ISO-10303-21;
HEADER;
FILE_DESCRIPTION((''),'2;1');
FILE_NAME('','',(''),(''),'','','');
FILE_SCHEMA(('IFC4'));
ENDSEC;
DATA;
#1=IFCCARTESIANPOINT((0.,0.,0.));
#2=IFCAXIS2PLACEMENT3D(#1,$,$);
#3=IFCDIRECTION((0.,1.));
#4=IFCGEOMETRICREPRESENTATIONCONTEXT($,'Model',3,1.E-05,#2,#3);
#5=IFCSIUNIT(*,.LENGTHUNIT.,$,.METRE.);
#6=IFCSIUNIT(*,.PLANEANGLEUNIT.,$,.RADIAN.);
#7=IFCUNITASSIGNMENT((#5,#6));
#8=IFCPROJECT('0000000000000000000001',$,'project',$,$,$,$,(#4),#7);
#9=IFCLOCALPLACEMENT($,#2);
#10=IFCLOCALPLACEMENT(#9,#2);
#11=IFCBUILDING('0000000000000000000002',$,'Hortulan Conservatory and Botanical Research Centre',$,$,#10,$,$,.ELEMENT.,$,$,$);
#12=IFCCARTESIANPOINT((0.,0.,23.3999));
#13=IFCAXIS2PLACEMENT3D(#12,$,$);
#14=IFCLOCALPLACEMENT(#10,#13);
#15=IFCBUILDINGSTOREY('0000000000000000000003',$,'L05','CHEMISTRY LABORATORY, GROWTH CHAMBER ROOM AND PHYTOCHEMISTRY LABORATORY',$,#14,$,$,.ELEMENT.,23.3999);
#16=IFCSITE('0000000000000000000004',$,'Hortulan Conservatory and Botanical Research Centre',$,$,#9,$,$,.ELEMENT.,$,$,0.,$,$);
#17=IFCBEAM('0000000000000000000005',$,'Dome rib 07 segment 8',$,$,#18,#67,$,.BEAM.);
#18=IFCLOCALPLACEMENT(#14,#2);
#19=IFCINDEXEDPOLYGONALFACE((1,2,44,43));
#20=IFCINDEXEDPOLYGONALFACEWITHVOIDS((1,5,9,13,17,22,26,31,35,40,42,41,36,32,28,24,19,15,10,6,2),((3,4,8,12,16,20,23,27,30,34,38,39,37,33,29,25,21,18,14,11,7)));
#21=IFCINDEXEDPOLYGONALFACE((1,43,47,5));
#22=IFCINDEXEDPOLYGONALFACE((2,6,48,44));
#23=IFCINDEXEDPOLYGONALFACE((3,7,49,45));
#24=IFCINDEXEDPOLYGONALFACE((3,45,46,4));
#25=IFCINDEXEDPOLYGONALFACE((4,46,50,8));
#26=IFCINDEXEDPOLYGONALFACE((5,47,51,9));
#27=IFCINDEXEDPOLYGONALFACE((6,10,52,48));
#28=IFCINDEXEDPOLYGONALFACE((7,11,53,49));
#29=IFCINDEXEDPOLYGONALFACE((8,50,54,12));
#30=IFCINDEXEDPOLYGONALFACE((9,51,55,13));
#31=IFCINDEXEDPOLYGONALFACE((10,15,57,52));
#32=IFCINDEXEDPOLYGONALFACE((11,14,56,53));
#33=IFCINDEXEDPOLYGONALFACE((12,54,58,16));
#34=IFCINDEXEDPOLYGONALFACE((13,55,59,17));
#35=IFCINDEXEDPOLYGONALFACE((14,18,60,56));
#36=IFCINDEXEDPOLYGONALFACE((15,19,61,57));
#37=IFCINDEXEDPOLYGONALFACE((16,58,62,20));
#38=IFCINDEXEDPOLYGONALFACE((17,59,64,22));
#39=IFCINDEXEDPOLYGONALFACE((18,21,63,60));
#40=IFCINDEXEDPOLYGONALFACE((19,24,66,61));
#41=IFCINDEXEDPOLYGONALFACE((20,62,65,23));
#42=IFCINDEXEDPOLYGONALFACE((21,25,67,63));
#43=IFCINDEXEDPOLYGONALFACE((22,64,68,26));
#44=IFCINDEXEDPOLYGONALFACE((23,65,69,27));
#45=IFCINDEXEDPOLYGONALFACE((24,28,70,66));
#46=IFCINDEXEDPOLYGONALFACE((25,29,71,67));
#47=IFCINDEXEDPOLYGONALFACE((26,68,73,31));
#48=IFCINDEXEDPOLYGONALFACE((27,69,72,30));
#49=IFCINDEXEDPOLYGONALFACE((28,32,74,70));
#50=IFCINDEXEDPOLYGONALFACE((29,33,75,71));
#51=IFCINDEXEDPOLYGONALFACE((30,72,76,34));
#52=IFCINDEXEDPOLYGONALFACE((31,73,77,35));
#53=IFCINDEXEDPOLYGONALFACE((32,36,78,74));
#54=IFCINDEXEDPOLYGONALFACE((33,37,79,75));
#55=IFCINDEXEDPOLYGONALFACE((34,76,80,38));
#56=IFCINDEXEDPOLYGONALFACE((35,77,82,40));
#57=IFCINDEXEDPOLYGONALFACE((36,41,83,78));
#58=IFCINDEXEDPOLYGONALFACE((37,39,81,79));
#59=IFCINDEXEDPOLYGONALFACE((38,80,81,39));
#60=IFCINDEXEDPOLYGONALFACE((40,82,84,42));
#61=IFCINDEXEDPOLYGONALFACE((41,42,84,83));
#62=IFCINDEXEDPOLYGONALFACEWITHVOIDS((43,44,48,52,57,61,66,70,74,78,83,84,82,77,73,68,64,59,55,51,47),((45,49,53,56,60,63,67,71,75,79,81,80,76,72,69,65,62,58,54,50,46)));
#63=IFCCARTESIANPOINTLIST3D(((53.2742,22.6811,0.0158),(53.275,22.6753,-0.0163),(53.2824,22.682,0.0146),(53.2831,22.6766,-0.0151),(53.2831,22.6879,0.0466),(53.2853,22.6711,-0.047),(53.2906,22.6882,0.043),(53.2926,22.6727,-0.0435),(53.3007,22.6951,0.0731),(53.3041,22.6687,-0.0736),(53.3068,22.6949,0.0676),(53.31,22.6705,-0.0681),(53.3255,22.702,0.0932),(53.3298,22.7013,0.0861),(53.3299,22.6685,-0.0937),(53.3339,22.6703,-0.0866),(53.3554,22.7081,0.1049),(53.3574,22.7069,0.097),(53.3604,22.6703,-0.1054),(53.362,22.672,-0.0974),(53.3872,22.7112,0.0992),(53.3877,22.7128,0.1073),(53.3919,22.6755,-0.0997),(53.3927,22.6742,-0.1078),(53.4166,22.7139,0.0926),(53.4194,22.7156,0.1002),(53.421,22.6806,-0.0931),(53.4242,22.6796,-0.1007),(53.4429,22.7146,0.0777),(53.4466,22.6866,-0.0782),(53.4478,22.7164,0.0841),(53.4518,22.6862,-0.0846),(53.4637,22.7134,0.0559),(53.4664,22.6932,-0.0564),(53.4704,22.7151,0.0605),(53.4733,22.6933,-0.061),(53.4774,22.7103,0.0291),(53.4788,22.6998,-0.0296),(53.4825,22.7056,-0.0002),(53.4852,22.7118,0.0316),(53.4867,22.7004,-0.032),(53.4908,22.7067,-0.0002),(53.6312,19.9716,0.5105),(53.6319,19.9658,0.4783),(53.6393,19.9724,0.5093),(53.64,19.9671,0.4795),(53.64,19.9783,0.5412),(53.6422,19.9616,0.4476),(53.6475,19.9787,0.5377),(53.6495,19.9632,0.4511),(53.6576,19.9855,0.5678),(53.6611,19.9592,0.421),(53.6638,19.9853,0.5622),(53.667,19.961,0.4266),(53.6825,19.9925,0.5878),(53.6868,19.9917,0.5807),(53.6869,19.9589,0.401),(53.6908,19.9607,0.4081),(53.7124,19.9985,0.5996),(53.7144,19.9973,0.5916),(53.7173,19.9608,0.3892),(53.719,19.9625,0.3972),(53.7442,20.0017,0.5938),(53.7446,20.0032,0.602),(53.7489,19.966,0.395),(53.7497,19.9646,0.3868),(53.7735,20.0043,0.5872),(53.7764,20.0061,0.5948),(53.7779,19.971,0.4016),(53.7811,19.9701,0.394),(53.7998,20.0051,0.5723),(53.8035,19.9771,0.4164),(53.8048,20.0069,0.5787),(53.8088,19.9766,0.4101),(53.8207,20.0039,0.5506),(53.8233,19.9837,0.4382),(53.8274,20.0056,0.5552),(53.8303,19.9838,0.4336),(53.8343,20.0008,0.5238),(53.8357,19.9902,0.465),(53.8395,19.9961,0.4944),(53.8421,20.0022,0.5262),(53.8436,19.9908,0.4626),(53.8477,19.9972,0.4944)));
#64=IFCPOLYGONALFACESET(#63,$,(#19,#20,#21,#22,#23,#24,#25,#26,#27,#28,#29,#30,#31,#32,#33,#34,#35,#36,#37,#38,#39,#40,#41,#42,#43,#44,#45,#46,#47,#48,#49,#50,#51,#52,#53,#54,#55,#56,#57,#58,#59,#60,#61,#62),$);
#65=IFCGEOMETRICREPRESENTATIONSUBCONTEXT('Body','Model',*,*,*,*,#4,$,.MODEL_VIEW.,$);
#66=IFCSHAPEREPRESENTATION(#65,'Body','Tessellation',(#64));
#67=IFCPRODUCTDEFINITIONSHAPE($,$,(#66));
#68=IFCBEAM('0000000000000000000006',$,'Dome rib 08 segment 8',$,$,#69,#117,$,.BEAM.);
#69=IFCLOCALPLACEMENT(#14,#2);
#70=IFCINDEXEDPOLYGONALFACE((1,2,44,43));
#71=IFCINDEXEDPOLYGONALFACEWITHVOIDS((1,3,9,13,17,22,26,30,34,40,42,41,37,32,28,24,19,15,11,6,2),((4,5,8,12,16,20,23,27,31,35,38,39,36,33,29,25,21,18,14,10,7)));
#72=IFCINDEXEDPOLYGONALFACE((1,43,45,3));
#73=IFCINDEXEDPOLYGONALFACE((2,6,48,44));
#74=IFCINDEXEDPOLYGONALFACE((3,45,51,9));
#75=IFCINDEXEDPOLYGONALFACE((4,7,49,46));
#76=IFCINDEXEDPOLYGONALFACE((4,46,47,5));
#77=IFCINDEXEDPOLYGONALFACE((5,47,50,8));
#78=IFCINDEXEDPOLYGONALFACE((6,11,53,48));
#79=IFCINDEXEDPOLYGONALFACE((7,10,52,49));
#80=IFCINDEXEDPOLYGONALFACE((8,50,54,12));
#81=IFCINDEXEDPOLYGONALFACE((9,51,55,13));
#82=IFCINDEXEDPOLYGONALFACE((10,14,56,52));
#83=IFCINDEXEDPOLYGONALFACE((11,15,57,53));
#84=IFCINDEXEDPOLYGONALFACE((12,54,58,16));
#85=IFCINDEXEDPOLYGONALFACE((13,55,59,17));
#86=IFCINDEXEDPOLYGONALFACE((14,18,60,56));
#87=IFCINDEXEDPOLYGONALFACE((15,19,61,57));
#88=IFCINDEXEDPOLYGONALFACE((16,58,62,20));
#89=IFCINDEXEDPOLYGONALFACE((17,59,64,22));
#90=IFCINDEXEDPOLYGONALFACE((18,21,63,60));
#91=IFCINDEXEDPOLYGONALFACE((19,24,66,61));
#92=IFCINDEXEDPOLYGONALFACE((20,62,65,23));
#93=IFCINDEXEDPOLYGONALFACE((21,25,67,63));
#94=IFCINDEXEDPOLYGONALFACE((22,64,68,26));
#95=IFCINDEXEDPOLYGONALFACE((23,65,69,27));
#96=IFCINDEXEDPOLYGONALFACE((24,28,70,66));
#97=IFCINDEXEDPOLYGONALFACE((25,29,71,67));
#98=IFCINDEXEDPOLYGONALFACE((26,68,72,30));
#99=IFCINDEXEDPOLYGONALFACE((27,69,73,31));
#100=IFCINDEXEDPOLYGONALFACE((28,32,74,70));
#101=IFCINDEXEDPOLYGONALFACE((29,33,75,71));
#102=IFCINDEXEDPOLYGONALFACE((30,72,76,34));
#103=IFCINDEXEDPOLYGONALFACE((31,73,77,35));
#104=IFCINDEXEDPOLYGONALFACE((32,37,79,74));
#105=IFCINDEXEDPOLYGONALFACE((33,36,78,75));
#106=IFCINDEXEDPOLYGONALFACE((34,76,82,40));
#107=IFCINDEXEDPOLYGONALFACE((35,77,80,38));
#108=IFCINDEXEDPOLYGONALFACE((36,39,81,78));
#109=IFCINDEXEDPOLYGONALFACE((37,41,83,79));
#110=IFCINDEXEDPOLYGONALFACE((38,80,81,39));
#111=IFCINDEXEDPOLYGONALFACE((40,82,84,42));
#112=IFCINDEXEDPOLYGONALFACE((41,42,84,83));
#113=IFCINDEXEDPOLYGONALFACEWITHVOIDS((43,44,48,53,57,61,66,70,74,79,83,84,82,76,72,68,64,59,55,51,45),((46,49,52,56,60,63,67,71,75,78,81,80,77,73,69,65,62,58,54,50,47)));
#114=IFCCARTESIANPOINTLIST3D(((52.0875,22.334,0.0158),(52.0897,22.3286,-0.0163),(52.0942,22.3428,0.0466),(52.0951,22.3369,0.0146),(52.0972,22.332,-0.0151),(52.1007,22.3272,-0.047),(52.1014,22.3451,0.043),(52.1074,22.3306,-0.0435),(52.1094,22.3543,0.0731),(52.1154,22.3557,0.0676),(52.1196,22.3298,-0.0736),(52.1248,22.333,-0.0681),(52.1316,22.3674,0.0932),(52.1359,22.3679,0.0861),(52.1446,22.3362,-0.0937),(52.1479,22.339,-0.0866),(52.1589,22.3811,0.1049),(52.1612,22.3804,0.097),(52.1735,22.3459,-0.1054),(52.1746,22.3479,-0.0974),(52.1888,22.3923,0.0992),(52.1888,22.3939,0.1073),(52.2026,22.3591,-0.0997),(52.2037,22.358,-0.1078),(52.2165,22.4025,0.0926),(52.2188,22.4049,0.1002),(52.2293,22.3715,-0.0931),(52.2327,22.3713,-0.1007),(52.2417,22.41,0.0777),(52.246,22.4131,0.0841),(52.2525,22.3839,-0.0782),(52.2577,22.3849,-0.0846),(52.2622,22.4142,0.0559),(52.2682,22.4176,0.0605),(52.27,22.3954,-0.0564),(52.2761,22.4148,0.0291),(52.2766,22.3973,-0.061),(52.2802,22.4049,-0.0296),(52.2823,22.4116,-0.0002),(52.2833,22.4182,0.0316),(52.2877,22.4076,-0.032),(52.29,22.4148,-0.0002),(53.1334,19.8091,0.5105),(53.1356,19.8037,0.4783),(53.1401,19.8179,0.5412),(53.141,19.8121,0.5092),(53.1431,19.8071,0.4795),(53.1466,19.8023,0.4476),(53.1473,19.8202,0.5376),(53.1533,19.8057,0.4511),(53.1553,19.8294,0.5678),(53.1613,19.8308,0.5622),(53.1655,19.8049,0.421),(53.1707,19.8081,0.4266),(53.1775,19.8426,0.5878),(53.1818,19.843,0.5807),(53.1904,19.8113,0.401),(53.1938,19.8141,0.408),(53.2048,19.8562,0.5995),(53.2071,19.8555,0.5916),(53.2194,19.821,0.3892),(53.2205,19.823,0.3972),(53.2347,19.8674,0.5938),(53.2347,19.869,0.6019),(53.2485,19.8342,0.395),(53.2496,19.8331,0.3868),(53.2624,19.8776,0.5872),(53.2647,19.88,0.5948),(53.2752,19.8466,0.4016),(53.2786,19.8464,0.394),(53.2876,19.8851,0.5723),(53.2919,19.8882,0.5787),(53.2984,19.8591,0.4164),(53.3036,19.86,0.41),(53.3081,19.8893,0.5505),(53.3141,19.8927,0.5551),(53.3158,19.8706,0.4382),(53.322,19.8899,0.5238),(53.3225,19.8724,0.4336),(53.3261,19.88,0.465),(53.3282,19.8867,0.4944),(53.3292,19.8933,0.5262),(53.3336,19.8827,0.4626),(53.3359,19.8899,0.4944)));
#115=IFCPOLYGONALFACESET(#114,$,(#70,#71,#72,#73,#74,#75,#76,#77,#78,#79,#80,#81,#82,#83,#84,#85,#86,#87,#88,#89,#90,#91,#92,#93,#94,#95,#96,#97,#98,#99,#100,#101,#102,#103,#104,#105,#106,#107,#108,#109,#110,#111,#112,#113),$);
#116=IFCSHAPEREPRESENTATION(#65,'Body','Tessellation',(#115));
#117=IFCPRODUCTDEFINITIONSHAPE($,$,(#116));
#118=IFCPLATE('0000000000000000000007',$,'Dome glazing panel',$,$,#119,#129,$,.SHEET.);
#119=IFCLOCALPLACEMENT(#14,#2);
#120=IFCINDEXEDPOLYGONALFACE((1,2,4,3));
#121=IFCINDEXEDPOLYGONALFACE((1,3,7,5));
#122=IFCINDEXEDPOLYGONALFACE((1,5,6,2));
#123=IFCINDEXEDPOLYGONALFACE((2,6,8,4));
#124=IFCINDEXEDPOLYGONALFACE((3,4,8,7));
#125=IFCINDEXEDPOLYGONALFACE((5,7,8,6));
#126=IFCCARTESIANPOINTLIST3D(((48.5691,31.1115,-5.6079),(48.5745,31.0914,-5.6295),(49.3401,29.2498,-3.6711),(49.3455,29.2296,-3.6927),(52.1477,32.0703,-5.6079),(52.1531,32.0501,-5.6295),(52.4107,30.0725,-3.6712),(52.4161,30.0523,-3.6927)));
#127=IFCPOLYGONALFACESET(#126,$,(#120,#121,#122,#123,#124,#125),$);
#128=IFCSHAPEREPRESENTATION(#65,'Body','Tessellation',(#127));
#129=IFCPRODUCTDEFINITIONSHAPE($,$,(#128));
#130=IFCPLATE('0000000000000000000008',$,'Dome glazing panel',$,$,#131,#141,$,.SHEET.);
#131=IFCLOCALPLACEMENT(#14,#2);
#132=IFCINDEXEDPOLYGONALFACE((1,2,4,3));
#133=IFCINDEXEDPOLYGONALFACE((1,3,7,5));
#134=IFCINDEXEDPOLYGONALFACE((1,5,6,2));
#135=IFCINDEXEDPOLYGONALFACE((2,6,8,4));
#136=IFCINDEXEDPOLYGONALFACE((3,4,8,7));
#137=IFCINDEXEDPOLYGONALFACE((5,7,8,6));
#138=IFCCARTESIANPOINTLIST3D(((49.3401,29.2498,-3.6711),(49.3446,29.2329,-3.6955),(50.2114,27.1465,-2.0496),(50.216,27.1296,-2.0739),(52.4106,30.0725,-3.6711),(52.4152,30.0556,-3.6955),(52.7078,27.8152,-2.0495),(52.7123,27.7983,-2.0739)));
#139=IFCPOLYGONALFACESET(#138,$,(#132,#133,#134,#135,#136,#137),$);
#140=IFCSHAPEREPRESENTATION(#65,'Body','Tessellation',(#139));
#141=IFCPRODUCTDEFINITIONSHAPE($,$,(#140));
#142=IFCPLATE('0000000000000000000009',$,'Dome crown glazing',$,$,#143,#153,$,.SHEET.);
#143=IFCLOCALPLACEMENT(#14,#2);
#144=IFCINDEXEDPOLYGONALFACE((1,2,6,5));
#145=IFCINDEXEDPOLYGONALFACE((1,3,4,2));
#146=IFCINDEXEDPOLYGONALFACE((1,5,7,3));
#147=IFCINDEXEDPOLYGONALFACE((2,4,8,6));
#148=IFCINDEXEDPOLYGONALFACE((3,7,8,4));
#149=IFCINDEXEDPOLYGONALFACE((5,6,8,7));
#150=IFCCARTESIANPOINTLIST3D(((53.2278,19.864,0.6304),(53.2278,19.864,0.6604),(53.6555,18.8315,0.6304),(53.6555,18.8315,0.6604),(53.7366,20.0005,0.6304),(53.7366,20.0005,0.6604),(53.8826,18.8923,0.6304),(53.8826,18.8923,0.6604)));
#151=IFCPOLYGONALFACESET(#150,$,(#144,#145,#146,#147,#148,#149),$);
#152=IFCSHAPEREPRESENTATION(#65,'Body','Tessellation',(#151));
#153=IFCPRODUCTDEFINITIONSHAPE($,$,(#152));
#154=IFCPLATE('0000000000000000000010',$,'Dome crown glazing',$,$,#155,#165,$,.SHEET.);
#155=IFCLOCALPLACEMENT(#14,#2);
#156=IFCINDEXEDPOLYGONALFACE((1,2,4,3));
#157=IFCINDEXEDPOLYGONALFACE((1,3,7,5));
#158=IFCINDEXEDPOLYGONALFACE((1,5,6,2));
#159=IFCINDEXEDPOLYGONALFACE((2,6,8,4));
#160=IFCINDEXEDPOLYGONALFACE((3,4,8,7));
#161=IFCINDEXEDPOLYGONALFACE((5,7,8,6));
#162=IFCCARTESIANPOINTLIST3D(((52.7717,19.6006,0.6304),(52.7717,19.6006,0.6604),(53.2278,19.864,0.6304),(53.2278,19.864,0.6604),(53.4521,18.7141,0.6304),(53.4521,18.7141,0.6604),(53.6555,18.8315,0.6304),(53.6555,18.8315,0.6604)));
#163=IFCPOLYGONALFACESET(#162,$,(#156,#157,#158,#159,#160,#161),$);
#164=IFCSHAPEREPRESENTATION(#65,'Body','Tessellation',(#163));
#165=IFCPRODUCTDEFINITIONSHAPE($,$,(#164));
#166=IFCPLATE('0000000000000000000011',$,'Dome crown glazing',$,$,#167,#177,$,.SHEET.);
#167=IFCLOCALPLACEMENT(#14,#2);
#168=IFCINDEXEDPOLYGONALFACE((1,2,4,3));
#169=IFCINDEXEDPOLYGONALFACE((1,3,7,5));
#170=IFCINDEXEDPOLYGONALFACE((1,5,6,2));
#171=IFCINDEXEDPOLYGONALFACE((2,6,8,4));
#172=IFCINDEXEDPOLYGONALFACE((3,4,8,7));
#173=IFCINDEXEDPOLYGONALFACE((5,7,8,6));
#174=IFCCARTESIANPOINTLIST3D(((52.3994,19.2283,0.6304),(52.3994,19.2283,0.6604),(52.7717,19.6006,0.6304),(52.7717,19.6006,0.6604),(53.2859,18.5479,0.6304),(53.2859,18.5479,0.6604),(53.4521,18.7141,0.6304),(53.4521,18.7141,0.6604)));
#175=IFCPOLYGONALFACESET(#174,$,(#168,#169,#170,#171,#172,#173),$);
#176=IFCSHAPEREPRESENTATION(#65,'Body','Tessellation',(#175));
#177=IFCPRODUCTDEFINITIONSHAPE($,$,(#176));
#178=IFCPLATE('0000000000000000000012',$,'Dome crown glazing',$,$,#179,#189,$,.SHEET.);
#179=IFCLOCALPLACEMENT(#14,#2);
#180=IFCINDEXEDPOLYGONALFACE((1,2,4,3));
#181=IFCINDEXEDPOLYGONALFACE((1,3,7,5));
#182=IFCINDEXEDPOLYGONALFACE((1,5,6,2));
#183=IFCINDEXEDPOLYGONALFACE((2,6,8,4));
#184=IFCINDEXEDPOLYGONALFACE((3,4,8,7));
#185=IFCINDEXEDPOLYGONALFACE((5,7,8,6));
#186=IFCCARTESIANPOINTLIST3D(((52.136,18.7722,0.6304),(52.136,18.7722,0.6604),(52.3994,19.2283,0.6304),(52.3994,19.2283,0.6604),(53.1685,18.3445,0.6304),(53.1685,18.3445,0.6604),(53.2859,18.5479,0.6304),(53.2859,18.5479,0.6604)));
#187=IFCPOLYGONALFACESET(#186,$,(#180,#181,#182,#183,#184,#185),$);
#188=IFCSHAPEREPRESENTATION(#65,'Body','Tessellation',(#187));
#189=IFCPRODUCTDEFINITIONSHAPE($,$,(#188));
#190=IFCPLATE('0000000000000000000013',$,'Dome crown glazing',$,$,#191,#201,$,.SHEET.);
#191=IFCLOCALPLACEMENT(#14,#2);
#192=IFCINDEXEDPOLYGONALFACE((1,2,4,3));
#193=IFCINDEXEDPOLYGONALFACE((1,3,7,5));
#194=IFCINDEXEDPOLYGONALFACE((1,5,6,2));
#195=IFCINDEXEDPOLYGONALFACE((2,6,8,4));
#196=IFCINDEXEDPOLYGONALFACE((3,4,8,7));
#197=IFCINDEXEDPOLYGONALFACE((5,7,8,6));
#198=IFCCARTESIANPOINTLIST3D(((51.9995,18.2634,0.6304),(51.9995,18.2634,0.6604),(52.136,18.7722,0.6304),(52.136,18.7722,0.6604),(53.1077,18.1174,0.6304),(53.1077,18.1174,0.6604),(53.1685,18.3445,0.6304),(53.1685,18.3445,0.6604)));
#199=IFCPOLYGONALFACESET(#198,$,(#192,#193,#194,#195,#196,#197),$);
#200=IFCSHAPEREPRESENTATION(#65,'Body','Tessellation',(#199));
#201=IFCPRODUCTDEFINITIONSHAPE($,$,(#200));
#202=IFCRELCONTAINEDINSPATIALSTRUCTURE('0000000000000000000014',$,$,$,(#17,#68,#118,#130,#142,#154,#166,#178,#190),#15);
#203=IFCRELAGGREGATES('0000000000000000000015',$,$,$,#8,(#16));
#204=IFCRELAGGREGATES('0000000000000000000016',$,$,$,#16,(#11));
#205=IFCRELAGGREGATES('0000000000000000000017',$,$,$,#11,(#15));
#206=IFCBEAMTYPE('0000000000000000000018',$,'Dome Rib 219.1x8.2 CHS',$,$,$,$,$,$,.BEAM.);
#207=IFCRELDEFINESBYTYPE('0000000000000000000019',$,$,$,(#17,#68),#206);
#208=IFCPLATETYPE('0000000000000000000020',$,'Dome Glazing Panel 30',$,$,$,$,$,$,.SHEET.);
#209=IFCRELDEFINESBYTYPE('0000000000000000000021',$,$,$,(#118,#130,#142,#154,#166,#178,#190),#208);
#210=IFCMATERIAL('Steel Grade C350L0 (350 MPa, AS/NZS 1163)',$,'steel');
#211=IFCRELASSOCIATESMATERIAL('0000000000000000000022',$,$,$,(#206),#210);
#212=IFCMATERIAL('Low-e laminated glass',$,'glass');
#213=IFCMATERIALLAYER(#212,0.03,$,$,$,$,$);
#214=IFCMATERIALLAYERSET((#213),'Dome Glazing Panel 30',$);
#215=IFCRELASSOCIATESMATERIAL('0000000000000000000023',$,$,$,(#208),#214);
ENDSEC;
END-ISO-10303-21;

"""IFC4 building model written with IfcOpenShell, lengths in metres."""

from ifc_helpers import new_model, si_unit, direction, frame, origin, origin_2d, place, context, subcontext, project, spatial, polyline, hollow_circle, outline, extrude, material, layer, layer_set, material_profile, profile_set, type_object, element, save


model = new_model("IFC4")

# Units and contexts
model_context = context("Model", 3, precision=1e-05, world=origin(), true_north=direction((0.0, 1.0)))
body_context = subcontext(model_context, "Body", "Model", "MODEL_VIEW")
ifc_project = project(units=[si_unit("LENGTHUNIT", "METRE"), si_unit("PLANEANGLEUNIT", "RADIAN")], contexts=[model_context])

# Site, building, storey
site_placement = place(None, origin())
site = spatial("IfcSite", under=ifc_project, at=site_placement, Name="Hortulan Conservatory and Botanical Research Centre", CompositionType="ELEMENT", RefElevation=0.0)
building_placement = place(site_placement, origin())
building = spatial("IfcBuilding", under=site, at=building_placement, Name="Hortulan Conservatory and Botanical Research Centre", CompositionType="ELEMENT")
storey_placement = place(building_placement, frame((0.0, 0.0, 23.3999)))
storey = spatial("IfcBuildingStorey", under=building, at=storey_placement, Name="L05", Description="CHEMISTRY LABORATORY, GROWTH CHAMBER ROOM AND PHYTOCHEMISTRY LABORATORY", CompositionType="ELEMENT", Elevation=23.3999)

# Shared definitions
ifc_material_1 = material(Name="Steel Grade C350L0 (350 MPa, AS/NZS 1163)", Category="steel")

# Beams
ifc_material_profile_1 = material_profile(ifc_material_1, hollow_circle(Radius=0.1096, WallThickness=0.0083, at=origin_2d()), Name="219.1x8.2CHS")
ifc_profile_set_1 = profile_set([ifc_material_profile_1], Name="Steel Grade C350L0 (350 MPa, AS/NZS 1163)")
beam_type = type_object("IfcBeamType", Name="Dome Rib 219.1x8.2 CHS", PredefinedType="BEAM", material=ifc_profile_set_1)
for number, where, z_axis, x_axis, name in (
    (1, (53.3821, 22.6924, -0.0002), (0.128519, -0.975584, 0.178098), (0.991434, 0.130607, 0.0), "Dome rib 07 segment 8"),
    (2, (52.1887, 22.3728, -0.0002), (0.376581, -0.909104, 0.178094), (0.923873, 0.382699, 0.0), "Dome rib 08 segment 8"),
):
    element("IfcBeam", number, at=place(storey_placement, frame(where, z_axis=z_axis, x_axis=x_axis)), inside=storey, type_object=beam_type, Name=name, PredefinedType="BEAM", context=body_context, shape_type="SweptSolid", body=[
        extrude(hollow_circle(Radius=0.1096, WallThickness=0.0083, at=origin_2d()), origin(), (0.0, 0.0, 1.0), 2.7773),
    ])

# Plates
ifc_material_2 = material(Name="Low-e laminated glass", Category="glass")
ifc_layer_1 = layer(ifc_material_2, 0.03)
ifc_layer_set_1 = layer_set([ifc_layer_1], Name="Dome Glazing Panel 30")
plate_type_1 = type_object("IfcPlateType", Name="Dome Glazing Panel 30", PredefinedType="SHEET", material=ifc_layer_set_1)
plate_1_placement = place(storey_placement, frame((52.1477, 32.0703, -5.6079), z_axis=(-0.180136, 0.672331, 0.717998), x_axis=(-0.965933, -0.25879, -0.000009)))
element("IfcPlate", 3, at=plate_1_placement, inside=storey, type_object=plate_type_1, Name="Dome glazing panel", PredefinedType="SHEET", context=body_context, shape_type="SweptSolid", body=[
    extrude(outline(polyline([(0.0, 0.0), (3.7048, 0.0), (3.4419, 2.7826), (0.263, 2.7825), (0.0, 0.0)])), origin(), (0.0, 0.0, -1.0), 0.03),
])
plate_2_placement = place(storey_placement, frame((52.4106, 30.0725, -3.6711), z_axis=(-0.15099, 0.563573, 0.81215), x_axis=(-0.965929, -0.258809, 0.000015)))
element("IfcPlate", 4, at=plate_2_placement, inside=storey, type_object=plate_type_1, Name="Dome glazing panel", PredefinedType="SHEET", context=body_context, shape_type="SweptSolid", body=[
    extrude(outline(polyline([(0.0, 0.0), (3.1789, 0.0), (2.8816, 2.7792), (0.2972, 2.7794), (0.0, 0.0)])), origin(), (0.0, 0.0, -1.0), 0.03),
])
plate_3_placement = place(storey_placement, frame((53.7366, 20.0005, 0.6604), z_axis=(0.0, 0.0, 1.0), x_axis=(-0.965857, -0.259076, 0.0)))
element("IfcPlate", 5, at=plate_3_placement, inside=storey, type_object=plate_type_1, Name="Dome crown glazing", PredefinedType="SHEET", context=body_context, shape_type="SweptSolid", body=[
    extrude(outline(polyline([(0.0, 0.0), (0.5268, 0.0), (0.3811, 1.108), (0.1461, 1.1081), (0.0, 0.0)])), origin(), (0.0, 0.0, -1.0), 0.03),
])
plate_4_placement = place(storey_placement, frame((53.2278, 19.864, 0.6604), z_axis=(0.0, 0.0, 1.0), x_axis=(-0.865923, -0.500177, 0.0)))
element("IfcPlate", 6, at=plate_4_placement, inside=storey, type_object=plate_type_1, Name="Dome crown glazing", PredefinedType="SHEET", context=body_context, shape_type="SweptSolid", body=[
    extrude(outline(polyline([(0.0, 0.0), (0.5267, 0.0), (0.3809, 1.1079), (0.146, 1.108), (0.0, 0.0)])), origin(), (0.0, 0.0, -1.0), 0.03),
])
plate_5_placement = place(storey_placement, frame((52.7717, 19.6006, 0.6604), z_axis=(0.0, 0.0, 1.0), x_axis=(-0.707107, -0.707107, 0.0)))
element("IfcPlate", 7, at=plate_5_placement, inside=storey, type_object=plate_type_1, Name="Dome crown glazing", PredefinedType="SHEET", context=body_context, shape_type="SweptSolid", body=[
    extrude(outline(polyline([(0.0, 0.0), (0.5265, 0.0), (0.3808, 1.108), (0.1457, 1.108), (0.0, 0.0)])), origin(), (0.0, 0.0, -1.0), 0.03),
])
plate_6_placement = place(storey_placement, frame((52.3994, 19.2283, 0.6604), z_axis=(0.0, 0.0, 1.0), x_axis=(-0.500177, -0.865923, 0.0)))
element("IfcPlate", 8, at=plate_6_placement, inside=storey, type_object=plate_type_1, Name="Dome crown glazing", PredefinedType="SHEET", context=body_context, shape_type="SweptSolid", body=[
    extrude(outline(polyline([(0.0, 0.0), (0.5267, 0.0), (0.3806, 1.108), (0.1458, 1.1079), (0.0, 0.0)])), origin(), (0.0, 0.0, -1.0), 0.03),
])
plate_7_placement = place(storey_placement, frame((52.136, 18.7722, 0.6604), z_axis=(0.0, 0.0, 1.0), x_axis=(-0.259076, -0.965857, 0.0)))
element("IfcPlate", 9, at=plate_7_placement, inside=storey, type_object=plate_type_1, Name="Dome crown glazing", PredefinedType="SHEET", context=body_context, shape_type="SweptSolid", body=[
    extrude(outline(polyline([(0.0, 0.0), (0.5268, 0.0), (0.3807, 1.1081), (0.1456, 1.108), (0.0, 0.0)])), origin(), (0.0, 0.0, -1.0), 0.03),
])

save(model, "model.ifc")
